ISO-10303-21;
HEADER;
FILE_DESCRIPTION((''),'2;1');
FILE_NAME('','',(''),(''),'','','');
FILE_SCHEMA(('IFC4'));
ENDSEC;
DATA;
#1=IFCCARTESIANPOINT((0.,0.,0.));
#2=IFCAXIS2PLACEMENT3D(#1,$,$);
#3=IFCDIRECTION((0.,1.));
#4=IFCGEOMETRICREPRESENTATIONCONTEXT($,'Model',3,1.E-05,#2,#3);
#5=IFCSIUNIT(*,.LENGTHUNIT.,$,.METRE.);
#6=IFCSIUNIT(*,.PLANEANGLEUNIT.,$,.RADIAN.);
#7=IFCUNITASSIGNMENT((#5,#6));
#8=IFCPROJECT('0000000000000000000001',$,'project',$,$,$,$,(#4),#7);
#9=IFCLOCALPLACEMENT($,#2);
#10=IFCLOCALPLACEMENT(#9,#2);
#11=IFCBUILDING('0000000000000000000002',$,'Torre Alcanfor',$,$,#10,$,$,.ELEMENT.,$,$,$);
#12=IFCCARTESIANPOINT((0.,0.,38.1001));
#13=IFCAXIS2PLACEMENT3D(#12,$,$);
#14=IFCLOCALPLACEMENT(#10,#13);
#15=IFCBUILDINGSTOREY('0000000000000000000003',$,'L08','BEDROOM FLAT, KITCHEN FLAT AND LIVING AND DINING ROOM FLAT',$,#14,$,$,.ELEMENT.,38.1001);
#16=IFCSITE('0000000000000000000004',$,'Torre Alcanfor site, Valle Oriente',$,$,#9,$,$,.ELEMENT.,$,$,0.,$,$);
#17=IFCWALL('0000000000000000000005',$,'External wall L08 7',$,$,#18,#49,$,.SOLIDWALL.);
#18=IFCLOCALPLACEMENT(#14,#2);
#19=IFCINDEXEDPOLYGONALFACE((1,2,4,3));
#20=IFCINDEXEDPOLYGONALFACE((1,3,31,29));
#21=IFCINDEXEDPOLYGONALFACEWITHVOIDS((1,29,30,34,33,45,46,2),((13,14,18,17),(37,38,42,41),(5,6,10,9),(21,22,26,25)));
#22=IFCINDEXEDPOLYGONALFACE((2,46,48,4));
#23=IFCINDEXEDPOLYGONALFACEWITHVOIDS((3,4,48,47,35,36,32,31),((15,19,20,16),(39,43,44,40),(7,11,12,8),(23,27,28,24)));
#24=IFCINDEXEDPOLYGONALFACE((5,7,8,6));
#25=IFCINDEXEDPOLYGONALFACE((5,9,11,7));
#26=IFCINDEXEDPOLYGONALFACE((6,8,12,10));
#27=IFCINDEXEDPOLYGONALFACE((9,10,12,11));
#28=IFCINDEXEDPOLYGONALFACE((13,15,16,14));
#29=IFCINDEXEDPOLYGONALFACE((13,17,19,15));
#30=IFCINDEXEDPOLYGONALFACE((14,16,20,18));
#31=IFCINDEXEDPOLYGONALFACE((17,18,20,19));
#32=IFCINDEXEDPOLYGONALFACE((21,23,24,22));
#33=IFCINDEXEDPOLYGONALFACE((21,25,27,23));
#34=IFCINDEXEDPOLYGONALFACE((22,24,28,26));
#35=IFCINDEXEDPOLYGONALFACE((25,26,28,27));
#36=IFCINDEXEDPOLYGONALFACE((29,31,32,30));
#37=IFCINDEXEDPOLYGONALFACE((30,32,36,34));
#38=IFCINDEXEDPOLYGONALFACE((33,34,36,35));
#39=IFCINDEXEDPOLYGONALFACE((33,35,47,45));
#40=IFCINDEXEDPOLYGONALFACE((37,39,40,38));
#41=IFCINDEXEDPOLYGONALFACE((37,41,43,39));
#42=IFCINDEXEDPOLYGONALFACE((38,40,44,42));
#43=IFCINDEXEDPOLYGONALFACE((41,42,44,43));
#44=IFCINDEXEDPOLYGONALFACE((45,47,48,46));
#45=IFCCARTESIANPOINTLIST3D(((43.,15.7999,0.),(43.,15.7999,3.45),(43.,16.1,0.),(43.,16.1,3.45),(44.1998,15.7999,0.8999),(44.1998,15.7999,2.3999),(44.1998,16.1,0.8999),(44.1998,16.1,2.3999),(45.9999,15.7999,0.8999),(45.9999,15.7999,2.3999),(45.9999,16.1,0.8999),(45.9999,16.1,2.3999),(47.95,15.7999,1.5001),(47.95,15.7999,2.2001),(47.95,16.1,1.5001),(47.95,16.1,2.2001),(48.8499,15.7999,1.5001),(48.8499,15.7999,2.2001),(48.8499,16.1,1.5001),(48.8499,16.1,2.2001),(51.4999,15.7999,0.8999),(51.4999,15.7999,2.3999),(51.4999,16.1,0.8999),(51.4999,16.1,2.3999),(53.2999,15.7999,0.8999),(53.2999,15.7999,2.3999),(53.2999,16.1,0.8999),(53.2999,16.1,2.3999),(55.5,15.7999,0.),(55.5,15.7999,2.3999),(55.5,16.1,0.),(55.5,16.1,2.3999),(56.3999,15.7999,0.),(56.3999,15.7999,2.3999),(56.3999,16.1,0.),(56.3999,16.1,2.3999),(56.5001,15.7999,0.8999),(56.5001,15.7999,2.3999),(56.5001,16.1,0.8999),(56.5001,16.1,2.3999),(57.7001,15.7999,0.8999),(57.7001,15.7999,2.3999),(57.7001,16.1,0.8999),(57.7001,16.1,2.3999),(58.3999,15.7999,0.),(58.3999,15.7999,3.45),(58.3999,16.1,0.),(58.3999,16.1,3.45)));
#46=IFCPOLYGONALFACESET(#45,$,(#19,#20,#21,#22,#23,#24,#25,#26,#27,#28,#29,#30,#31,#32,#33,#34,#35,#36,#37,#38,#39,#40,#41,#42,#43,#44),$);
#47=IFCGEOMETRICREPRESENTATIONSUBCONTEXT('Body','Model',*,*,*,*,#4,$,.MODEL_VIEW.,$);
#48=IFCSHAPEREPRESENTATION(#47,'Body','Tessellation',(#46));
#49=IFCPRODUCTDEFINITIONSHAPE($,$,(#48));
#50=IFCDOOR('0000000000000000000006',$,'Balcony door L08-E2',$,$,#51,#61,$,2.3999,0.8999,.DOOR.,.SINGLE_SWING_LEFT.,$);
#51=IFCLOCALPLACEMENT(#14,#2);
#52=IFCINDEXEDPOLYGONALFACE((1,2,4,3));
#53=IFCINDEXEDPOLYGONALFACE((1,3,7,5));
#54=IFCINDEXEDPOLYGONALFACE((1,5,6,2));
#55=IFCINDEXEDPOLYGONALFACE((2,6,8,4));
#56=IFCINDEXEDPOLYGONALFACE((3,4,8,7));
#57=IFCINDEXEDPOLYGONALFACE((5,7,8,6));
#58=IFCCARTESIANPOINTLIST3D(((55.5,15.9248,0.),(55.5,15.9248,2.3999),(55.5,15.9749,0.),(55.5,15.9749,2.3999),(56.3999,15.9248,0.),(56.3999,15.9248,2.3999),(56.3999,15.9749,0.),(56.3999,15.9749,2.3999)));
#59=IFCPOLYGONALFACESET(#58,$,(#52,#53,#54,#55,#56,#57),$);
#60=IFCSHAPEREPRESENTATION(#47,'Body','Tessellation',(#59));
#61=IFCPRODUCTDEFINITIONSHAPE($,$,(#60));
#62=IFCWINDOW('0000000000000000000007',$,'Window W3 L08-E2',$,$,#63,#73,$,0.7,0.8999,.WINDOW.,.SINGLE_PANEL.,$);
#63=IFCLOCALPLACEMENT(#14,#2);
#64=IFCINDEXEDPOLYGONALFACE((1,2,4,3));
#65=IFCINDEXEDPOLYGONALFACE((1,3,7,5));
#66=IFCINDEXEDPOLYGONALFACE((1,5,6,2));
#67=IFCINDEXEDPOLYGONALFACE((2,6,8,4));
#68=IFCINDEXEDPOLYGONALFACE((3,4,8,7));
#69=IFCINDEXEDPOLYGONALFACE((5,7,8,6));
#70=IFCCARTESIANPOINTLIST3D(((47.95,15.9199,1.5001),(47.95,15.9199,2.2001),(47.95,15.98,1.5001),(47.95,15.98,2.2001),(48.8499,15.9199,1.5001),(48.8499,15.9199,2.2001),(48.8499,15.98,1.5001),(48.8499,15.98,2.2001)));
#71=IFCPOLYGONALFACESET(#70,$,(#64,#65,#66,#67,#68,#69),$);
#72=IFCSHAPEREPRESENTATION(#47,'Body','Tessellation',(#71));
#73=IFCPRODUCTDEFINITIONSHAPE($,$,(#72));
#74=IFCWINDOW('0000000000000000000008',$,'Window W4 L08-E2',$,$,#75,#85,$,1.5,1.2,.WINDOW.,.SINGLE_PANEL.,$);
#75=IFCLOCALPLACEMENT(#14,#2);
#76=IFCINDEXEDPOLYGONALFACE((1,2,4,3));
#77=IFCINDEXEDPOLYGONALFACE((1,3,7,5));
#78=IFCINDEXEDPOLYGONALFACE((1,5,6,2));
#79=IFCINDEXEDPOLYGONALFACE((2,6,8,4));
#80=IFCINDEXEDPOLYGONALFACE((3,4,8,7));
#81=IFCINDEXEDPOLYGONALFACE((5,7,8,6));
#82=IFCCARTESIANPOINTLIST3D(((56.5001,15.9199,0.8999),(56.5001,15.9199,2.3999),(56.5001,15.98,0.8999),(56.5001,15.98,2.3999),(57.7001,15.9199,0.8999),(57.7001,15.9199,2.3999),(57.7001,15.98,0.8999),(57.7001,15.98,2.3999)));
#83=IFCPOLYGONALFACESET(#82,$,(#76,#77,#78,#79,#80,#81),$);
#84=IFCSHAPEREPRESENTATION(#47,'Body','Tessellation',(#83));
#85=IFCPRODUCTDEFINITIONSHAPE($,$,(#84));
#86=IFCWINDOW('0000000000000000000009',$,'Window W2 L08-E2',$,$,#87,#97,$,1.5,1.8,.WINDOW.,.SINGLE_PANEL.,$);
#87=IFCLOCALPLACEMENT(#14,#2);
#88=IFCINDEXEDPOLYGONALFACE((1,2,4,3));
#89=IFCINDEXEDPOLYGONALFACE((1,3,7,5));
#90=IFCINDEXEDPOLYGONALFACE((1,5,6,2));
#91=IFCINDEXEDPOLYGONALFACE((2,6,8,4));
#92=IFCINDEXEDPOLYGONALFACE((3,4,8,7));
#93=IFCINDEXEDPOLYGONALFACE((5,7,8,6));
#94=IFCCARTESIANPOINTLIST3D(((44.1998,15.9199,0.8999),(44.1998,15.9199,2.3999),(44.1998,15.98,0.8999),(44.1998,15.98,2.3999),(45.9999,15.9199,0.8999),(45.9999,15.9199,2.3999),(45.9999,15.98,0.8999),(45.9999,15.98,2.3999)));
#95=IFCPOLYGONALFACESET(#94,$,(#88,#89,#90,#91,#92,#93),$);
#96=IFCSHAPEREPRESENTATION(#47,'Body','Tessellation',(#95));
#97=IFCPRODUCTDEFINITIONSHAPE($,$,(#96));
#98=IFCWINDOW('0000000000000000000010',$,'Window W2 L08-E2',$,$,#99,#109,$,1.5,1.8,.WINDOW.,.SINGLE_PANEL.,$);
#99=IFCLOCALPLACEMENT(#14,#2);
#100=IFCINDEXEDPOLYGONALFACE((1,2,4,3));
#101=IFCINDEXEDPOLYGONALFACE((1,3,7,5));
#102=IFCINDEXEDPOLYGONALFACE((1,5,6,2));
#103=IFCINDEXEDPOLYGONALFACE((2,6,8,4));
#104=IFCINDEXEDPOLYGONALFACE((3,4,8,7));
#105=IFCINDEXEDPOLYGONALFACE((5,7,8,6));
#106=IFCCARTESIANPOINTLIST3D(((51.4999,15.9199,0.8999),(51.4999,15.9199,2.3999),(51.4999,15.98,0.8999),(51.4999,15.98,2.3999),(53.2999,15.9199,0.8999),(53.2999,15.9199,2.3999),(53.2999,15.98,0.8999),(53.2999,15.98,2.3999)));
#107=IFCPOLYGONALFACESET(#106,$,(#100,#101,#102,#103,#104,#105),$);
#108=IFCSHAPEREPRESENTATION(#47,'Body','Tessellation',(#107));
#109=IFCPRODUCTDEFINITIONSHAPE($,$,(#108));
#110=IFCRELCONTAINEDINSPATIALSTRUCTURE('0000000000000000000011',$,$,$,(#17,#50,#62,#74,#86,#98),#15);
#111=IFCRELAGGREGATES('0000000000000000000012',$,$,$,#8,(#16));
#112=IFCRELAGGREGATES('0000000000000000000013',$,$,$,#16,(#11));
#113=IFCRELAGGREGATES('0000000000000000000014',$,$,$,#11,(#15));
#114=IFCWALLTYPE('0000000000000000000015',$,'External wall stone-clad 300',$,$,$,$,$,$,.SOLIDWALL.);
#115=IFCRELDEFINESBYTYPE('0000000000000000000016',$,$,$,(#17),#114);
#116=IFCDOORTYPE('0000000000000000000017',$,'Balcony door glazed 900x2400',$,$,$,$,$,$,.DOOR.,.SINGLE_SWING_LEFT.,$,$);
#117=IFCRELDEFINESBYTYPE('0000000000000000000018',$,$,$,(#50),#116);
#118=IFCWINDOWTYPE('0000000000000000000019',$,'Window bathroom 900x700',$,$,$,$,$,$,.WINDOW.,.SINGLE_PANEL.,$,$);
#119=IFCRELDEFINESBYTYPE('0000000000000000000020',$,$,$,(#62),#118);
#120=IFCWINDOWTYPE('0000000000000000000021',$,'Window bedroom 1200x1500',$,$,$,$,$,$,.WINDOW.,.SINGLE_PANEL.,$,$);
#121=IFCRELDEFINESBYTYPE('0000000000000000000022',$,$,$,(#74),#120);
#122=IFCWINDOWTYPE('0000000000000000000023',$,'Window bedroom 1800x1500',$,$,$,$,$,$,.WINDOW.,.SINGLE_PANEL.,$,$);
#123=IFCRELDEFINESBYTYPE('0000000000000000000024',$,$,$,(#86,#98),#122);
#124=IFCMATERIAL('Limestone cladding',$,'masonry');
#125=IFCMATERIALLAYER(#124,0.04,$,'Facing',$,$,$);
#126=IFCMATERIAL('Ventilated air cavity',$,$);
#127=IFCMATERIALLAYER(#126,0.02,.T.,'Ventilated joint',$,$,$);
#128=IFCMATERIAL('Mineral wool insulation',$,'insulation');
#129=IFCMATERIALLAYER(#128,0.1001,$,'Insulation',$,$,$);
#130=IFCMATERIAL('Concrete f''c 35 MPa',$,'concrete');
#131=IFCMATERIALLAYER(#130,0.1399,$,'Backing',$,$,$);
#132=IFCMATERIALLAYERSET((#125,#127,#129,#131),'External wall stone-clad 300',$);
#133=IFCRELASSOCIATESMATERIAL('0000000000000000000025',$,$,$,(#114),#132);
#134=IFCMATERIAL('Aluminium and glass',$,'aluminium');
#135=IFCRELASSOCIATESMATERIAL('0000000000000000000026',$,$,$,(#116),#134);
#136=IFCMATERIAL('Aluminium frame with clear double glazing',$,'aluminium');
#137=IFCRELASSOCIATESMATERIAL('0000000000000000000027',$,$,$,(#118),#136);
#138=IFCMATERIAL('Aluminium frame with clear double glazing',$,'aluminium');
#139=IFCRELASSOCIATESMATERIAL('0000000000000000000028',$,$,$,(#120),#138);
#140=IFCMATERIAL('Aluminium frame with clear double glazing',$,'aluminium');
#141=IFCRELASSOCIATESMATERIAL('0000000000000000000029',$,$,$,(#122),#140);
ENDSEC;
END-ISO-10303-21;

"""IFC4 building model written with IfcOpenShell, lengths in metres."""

from ifc_helpers import new_model, si_unit, direction, frame, frame_2d, origin, place, context, subcontext, project, spatial, rectangle, extrude, material, layer, layer_set, type_object, element, fill, save


model = new_model("IFC4")

# Units and contexts
model_context = context("Model", 3, precision=1e-05, world=origin(), true_north=direction((0.0, 1.0)))
body_context = subcontext(model_context, "Body", "Model", "MODEL_VIEW")
ifc_project = project(units=[si_unit("LENGTHUNIT", "METRE"), si_unit("PLANEANGLEUNIT", "RADIAN")], contexts=[model_context])

# Site, building, storey
site_placement = place(None, origin())
site = spatial("IfcSite", under=ifc_project, at=site_placement, Name="Torre Alcanfor site, Valle Oriente", CompositionType="ELEMENT", RefElevation=0.0)
building_placement = place(site_placement, origin())
building = spatial("IfcBuilding", under=site, at=building_placement, Name="Torre Alcanfor", CompositionType="ELEMENT")
storey_placement = place(building_placement, frame((0.0, 0.0, 38.1001)))
storey = spatial("IfcBuildingStorey", under=building, at=storey_placement, Name="L08", Description="BEDROOM FLAT, KITCHEN FLAT AND LIVING AND DINING ROOM FLAT", CompositionType="ELEMENT", Elevation=38.1001)

# Wall, openings, door, windows
ifc_material_1 = material(Name="Limestone cladding", Category="masonry")
ifc_layer_1 = layer(ifc_material_1, 0.04, Name="Facing")
ifc_material_2 = material(Name="Ventilated air cavity")
ifc_layer_2 = layer(ifc_material_2, 0.02, ventilated=True, Name="Ventilated joint")
ifc_material_3 = material(Name="Mineral wool insulation", Category="insulation")
ifc_layer_3 = layer(ifc_material_3, 0.1001, Name="Insulation")
ifc_material_4 = material(Name="Concrete f'c 35 MPa", Category="concrete")
ifc_layer_4 = layer(ifc_material_4, 0.1399, Name="Backing")
ifc_layer_set_1 = layer_set([ifc_layer_1, ifc_layer_2, ifc_layer_3, ifc_layer_4], Name="External wall stone-clad 300")
wall_type_1 = type_object("IfcWallType", Name="External wall stone-clad 300", PredefinedType="SOLIDWALL", material=ifc_layer_set_1)
ifc_material_5 = material(Name="Aluminium and glass", Category="aluminium")
door_type = type_object("IfcDoorType", Name="Balcony door glazed 900x2400", OperationType="SINGLE_SWING_LEFT", PredefinedType="DOOR", material=ifc_material_5)
ifc_material_6 = material(Name="Aluminium frame with clear double glazing", Category="aluminium")
window_type_1 = type_object("IfcWindowType", Name="Window bathroom 900x700", PartitioningType="SINGLE_PANEL", PredefinedType="WINDOW", material=ifc_material_6)
ifc_material_7 = material(Name="Aluminium frame with clear double glazing", Category="aluminium")
window_type_2 = type_object("IfcWindowType", Name="Window bedroom 1200x1500", PartitioningType="SINGLE_PANEL", PredefinedType="WINDOW", material=ifc_material_7)
ifc_material_8 = material(Name="Aluminium frame with clear double glazing", Category="aluminium")
window_type_3 = type_object("IfcWindowType", Name="Window bedroom 1800x1500", PartitioningType="SINGLE_PANEL", PredefinedType="WINDOW", material=ifc_material_8)
wall_1_placement = place(storey_placement, frame((43.0, 15.95, 0.0), z_axis=(0.0, 0.0, 1.0), x_axis=(1.0, 0.0, 0.0)))
wall_1 = element("IfcWall", 1, at=wall_1_placement, inside=storey, type_object=wall_type_1, Name="External wall L08 7", PredefinedType="SOLIDWALL", context=body_context, shape_type="SweptSolid", body=[
    extrude(rectangle(XDim=15.3999, YDim=0.3, at=frame_2d((7.7, 0.0))), origin(), (0.0, 0.0, 1.0), 3.45),
])
opening_1_placement = place(wall_1_placement, frame((1.2, 0.0, 0.8999)))
opening_1 = element("IfcOpeningElement", 2, at=opening_1_placement, cuts=wall_1, PredefinedType="OPENING", context=body_context, shape_type="SweptSolid", body=[
    extrude(rectangle(XDim=1.8, YDim=1.5, at=frame_2d((0.8999, 0.75))), frame((0.0, 0.1599, 0.0), z_axis=(0.0, -1.0, 0.0), x_axis=(1.0, 0.0, 0.0)), (0.0, 0.0, 1.0), 0.3201),
])
opening_2_placement = place(wall_1_placement, frame((4.95, 0.0, 1.5)))
opening_2 = element("IfcOpeningElement", 3, at=opening_2_placement, cuts=wall_1, PredefinedType="OPENING", context=body_context, shape_type="SweptSolid", body=[
    extrude(rectangle(XDim=0.8999, YDim=0.7, at=frame_2d((0.45, 0.3501))), frame((0.0, 0.1599, 0.0), z_axis=(0.0, -1.0, 0.0), x_axis=(1.0, 0.0, 0.0)), (0.0, 0.0, 1.0), 0.3201),
])
opening_3_placement = place(wall_1_placement, frame((8.5, 0.0, 0.8999)))
opening_3 = element("IfcOpeningElement", 4, at=opening_3_placement, cuts=wall_1, PredefinedType="OPENING", context=body_context, shape_type="SweptSolid", body=[
    extrude(rectangle(XDim=1.8, YDim=1.5, at=frame_2d((0.8999, 0.75))), frame((0.0, 0.1599, 0.0), z_axis=(0.0, -1.0, 0.0), x_axis=(1.0, 0.0, 0.0)), (0.0, 0.0, 1.0), 0.3201),
])
opening_4_placement = place(wall_1_placement, frame((12.5, 0.0, 0.0)))
opening_4 = element("IfcOpeningElement", 5, at=opening_4_placement, cuts=wall_1, PredefinedType="OPENING", context=body_context, shape_type="SweptSolid", body=[
    extrude(rectangle(XDim=0.8999, YDim=2.3999, at=frame_2d((0.45, 1.2))), frame((0.0, 0.1599, 0.0), z_axis=(0.0, -1.0, 0.0), x_axis=(1.0, 0.0, 0.0)), (0.0, 0.0, 1.0), 0.3201),
])
opening_5_placement = place(wall_1_placement, frame((13.5, 0.0, 0.8999)))
opening_5 = element("IfcOpeningElement", 6, at=opening_5_placement, cuts=wall_1, PredefinedType="OPENING", context=body_context, shape_type="SweptSolid", body=[
    extrude(rectangle(XDim=1.2, YDim=1.5, at=frame_2d((0.6001, 0.75))), frame((0.0, 0.1599, 0.0), z_axis=(0.0, -1.0, 0.0), x_axis=(1.0, 0.0, 0.0)), (0.0, 0.0, 1.0), 0.3201),
])
door_1_placement = place(opening_4_placement, origin())
door_1 = element("IfcDoor", 7, at=door_1_placement, inside=storey, type_object=door_type, Name="Balcony door L08-E2", OperationType="SINGLE_SWING_LEFT", OverallHeight=2.3999, OverallWidth=0.8999, PredefinedType="DOOR", context=body_context, shape_type="SweptSolid", body=[
    extrude(rectangle(XDim=0.8999, YDim=2.3999, at=frame_2d((0.45, 1.2))), frame((0.0, 0.0249, 0.0), z_axis=(0.0, -1.0, 0.0), x_axis=(1.0, 0.0, 0.0)), (0.0, 0.0, 1.0), 0.05),
])
fill(opening_4, door_1)
window_1_placement = place(opening_2_placement, origin())
window_1 = element("IfcWindow", 8, at=window_1_placement, inside=storey, type_object=window_type_1, Name="Window W3 L08-E2", OverallHeight=0.7, OverallWidth=0.8999, PartitioningType="SINGLE_PANEL", PredefinedType="WINDOW", context=body_context, shape_type="SweptSolid", body=[
    extrude(rectangle(XDim=0.8999, YDim=0.7, at=frame_2d((0.45, 0.3501))), frame((0.0, 0.03, 0.0), z_axis=(0.0, -1.0, 0.0), x_axis=(1.0, 0.0, 0.0)), (0.0, 0.0, 1.0), 0.0601),
])
fill(opening_2, window_1)
window_2_placement = place(opening_5_placement, origin())
window_2 = element("IfcWindow", 9, at=window_2_placement, inside=storey, type_object=window_type_2, Name="Window W4 L08-E2", OverallHeight=1.5, OverallWidth=1.2, PartitioningType="SINGLE_PANEL", PredefinedType="WINDOW", context=body_context, shape_type="SweptSolid", body=[
    extrude(rectangle(XDim=1.2, YDim=1.5, at=frame_2d((0.6001, 0.75))), frame((0.0, 0.03, 0.0), z_axis=(0.0, -1.0, 0.0), x_axis=(1.0, 0.0, 0.0)), (0.0, 0.0, 1.0), 0.0601),
])
fill(opening_5, window_2)
window_3_placement = place(opening_1_placement, origin())
window_3 = element("IfcWindow", 10, at=window_3_placement, inside=storey, type_object=window_type_3, Name="Window W2 L08-E2", OverallHeight=1.5, OverallWidth=1.8, PartitioningType="SINGLE_PANEL", PredefinedType="WINDOW", context=body_context, shape_type="SweptSolid", body=[
    extrude(rectangle(XDim=1.8, YDim=1.5, at=frame_2d((0.8999, 0.75))), frame((0.0, 0.03, 0.0), z_axis=(0.0, -1.0, 0.0), x_axis=(1.0, 0.0, 0.0)), (0.0, 0.0, 1.0), 0.0601),
])
fill(opening_1, window_3)
window_4_placement = place(opening_3_placement, origin())
window_4 = element("IfcWindow", 11, at=window_4_placement, inside=storey, type_object=window_type_3, Name="Window W2 L08-E2", OverallHeight=1.5, OverallWidth=1.8, PartitioningType="SINGLE_PANEL", PredefinedType="WINDOW", context=body_context, shape_type="SweptSolid", body=[
    extrude(rectangle(XDim=1.8, YDim=1.5, at=frame_2d((0.8999, 0.75))), frame((0.0, 0.03, 0.0), z_axis=(0.0, -1.0, 0.0), x_axis=(1.0, 0.0, 0.0)), (0.0, 0.0, 1.0), 0.0601),
])
fill(opening_3, window_4)

save(model, "model.ifc")
